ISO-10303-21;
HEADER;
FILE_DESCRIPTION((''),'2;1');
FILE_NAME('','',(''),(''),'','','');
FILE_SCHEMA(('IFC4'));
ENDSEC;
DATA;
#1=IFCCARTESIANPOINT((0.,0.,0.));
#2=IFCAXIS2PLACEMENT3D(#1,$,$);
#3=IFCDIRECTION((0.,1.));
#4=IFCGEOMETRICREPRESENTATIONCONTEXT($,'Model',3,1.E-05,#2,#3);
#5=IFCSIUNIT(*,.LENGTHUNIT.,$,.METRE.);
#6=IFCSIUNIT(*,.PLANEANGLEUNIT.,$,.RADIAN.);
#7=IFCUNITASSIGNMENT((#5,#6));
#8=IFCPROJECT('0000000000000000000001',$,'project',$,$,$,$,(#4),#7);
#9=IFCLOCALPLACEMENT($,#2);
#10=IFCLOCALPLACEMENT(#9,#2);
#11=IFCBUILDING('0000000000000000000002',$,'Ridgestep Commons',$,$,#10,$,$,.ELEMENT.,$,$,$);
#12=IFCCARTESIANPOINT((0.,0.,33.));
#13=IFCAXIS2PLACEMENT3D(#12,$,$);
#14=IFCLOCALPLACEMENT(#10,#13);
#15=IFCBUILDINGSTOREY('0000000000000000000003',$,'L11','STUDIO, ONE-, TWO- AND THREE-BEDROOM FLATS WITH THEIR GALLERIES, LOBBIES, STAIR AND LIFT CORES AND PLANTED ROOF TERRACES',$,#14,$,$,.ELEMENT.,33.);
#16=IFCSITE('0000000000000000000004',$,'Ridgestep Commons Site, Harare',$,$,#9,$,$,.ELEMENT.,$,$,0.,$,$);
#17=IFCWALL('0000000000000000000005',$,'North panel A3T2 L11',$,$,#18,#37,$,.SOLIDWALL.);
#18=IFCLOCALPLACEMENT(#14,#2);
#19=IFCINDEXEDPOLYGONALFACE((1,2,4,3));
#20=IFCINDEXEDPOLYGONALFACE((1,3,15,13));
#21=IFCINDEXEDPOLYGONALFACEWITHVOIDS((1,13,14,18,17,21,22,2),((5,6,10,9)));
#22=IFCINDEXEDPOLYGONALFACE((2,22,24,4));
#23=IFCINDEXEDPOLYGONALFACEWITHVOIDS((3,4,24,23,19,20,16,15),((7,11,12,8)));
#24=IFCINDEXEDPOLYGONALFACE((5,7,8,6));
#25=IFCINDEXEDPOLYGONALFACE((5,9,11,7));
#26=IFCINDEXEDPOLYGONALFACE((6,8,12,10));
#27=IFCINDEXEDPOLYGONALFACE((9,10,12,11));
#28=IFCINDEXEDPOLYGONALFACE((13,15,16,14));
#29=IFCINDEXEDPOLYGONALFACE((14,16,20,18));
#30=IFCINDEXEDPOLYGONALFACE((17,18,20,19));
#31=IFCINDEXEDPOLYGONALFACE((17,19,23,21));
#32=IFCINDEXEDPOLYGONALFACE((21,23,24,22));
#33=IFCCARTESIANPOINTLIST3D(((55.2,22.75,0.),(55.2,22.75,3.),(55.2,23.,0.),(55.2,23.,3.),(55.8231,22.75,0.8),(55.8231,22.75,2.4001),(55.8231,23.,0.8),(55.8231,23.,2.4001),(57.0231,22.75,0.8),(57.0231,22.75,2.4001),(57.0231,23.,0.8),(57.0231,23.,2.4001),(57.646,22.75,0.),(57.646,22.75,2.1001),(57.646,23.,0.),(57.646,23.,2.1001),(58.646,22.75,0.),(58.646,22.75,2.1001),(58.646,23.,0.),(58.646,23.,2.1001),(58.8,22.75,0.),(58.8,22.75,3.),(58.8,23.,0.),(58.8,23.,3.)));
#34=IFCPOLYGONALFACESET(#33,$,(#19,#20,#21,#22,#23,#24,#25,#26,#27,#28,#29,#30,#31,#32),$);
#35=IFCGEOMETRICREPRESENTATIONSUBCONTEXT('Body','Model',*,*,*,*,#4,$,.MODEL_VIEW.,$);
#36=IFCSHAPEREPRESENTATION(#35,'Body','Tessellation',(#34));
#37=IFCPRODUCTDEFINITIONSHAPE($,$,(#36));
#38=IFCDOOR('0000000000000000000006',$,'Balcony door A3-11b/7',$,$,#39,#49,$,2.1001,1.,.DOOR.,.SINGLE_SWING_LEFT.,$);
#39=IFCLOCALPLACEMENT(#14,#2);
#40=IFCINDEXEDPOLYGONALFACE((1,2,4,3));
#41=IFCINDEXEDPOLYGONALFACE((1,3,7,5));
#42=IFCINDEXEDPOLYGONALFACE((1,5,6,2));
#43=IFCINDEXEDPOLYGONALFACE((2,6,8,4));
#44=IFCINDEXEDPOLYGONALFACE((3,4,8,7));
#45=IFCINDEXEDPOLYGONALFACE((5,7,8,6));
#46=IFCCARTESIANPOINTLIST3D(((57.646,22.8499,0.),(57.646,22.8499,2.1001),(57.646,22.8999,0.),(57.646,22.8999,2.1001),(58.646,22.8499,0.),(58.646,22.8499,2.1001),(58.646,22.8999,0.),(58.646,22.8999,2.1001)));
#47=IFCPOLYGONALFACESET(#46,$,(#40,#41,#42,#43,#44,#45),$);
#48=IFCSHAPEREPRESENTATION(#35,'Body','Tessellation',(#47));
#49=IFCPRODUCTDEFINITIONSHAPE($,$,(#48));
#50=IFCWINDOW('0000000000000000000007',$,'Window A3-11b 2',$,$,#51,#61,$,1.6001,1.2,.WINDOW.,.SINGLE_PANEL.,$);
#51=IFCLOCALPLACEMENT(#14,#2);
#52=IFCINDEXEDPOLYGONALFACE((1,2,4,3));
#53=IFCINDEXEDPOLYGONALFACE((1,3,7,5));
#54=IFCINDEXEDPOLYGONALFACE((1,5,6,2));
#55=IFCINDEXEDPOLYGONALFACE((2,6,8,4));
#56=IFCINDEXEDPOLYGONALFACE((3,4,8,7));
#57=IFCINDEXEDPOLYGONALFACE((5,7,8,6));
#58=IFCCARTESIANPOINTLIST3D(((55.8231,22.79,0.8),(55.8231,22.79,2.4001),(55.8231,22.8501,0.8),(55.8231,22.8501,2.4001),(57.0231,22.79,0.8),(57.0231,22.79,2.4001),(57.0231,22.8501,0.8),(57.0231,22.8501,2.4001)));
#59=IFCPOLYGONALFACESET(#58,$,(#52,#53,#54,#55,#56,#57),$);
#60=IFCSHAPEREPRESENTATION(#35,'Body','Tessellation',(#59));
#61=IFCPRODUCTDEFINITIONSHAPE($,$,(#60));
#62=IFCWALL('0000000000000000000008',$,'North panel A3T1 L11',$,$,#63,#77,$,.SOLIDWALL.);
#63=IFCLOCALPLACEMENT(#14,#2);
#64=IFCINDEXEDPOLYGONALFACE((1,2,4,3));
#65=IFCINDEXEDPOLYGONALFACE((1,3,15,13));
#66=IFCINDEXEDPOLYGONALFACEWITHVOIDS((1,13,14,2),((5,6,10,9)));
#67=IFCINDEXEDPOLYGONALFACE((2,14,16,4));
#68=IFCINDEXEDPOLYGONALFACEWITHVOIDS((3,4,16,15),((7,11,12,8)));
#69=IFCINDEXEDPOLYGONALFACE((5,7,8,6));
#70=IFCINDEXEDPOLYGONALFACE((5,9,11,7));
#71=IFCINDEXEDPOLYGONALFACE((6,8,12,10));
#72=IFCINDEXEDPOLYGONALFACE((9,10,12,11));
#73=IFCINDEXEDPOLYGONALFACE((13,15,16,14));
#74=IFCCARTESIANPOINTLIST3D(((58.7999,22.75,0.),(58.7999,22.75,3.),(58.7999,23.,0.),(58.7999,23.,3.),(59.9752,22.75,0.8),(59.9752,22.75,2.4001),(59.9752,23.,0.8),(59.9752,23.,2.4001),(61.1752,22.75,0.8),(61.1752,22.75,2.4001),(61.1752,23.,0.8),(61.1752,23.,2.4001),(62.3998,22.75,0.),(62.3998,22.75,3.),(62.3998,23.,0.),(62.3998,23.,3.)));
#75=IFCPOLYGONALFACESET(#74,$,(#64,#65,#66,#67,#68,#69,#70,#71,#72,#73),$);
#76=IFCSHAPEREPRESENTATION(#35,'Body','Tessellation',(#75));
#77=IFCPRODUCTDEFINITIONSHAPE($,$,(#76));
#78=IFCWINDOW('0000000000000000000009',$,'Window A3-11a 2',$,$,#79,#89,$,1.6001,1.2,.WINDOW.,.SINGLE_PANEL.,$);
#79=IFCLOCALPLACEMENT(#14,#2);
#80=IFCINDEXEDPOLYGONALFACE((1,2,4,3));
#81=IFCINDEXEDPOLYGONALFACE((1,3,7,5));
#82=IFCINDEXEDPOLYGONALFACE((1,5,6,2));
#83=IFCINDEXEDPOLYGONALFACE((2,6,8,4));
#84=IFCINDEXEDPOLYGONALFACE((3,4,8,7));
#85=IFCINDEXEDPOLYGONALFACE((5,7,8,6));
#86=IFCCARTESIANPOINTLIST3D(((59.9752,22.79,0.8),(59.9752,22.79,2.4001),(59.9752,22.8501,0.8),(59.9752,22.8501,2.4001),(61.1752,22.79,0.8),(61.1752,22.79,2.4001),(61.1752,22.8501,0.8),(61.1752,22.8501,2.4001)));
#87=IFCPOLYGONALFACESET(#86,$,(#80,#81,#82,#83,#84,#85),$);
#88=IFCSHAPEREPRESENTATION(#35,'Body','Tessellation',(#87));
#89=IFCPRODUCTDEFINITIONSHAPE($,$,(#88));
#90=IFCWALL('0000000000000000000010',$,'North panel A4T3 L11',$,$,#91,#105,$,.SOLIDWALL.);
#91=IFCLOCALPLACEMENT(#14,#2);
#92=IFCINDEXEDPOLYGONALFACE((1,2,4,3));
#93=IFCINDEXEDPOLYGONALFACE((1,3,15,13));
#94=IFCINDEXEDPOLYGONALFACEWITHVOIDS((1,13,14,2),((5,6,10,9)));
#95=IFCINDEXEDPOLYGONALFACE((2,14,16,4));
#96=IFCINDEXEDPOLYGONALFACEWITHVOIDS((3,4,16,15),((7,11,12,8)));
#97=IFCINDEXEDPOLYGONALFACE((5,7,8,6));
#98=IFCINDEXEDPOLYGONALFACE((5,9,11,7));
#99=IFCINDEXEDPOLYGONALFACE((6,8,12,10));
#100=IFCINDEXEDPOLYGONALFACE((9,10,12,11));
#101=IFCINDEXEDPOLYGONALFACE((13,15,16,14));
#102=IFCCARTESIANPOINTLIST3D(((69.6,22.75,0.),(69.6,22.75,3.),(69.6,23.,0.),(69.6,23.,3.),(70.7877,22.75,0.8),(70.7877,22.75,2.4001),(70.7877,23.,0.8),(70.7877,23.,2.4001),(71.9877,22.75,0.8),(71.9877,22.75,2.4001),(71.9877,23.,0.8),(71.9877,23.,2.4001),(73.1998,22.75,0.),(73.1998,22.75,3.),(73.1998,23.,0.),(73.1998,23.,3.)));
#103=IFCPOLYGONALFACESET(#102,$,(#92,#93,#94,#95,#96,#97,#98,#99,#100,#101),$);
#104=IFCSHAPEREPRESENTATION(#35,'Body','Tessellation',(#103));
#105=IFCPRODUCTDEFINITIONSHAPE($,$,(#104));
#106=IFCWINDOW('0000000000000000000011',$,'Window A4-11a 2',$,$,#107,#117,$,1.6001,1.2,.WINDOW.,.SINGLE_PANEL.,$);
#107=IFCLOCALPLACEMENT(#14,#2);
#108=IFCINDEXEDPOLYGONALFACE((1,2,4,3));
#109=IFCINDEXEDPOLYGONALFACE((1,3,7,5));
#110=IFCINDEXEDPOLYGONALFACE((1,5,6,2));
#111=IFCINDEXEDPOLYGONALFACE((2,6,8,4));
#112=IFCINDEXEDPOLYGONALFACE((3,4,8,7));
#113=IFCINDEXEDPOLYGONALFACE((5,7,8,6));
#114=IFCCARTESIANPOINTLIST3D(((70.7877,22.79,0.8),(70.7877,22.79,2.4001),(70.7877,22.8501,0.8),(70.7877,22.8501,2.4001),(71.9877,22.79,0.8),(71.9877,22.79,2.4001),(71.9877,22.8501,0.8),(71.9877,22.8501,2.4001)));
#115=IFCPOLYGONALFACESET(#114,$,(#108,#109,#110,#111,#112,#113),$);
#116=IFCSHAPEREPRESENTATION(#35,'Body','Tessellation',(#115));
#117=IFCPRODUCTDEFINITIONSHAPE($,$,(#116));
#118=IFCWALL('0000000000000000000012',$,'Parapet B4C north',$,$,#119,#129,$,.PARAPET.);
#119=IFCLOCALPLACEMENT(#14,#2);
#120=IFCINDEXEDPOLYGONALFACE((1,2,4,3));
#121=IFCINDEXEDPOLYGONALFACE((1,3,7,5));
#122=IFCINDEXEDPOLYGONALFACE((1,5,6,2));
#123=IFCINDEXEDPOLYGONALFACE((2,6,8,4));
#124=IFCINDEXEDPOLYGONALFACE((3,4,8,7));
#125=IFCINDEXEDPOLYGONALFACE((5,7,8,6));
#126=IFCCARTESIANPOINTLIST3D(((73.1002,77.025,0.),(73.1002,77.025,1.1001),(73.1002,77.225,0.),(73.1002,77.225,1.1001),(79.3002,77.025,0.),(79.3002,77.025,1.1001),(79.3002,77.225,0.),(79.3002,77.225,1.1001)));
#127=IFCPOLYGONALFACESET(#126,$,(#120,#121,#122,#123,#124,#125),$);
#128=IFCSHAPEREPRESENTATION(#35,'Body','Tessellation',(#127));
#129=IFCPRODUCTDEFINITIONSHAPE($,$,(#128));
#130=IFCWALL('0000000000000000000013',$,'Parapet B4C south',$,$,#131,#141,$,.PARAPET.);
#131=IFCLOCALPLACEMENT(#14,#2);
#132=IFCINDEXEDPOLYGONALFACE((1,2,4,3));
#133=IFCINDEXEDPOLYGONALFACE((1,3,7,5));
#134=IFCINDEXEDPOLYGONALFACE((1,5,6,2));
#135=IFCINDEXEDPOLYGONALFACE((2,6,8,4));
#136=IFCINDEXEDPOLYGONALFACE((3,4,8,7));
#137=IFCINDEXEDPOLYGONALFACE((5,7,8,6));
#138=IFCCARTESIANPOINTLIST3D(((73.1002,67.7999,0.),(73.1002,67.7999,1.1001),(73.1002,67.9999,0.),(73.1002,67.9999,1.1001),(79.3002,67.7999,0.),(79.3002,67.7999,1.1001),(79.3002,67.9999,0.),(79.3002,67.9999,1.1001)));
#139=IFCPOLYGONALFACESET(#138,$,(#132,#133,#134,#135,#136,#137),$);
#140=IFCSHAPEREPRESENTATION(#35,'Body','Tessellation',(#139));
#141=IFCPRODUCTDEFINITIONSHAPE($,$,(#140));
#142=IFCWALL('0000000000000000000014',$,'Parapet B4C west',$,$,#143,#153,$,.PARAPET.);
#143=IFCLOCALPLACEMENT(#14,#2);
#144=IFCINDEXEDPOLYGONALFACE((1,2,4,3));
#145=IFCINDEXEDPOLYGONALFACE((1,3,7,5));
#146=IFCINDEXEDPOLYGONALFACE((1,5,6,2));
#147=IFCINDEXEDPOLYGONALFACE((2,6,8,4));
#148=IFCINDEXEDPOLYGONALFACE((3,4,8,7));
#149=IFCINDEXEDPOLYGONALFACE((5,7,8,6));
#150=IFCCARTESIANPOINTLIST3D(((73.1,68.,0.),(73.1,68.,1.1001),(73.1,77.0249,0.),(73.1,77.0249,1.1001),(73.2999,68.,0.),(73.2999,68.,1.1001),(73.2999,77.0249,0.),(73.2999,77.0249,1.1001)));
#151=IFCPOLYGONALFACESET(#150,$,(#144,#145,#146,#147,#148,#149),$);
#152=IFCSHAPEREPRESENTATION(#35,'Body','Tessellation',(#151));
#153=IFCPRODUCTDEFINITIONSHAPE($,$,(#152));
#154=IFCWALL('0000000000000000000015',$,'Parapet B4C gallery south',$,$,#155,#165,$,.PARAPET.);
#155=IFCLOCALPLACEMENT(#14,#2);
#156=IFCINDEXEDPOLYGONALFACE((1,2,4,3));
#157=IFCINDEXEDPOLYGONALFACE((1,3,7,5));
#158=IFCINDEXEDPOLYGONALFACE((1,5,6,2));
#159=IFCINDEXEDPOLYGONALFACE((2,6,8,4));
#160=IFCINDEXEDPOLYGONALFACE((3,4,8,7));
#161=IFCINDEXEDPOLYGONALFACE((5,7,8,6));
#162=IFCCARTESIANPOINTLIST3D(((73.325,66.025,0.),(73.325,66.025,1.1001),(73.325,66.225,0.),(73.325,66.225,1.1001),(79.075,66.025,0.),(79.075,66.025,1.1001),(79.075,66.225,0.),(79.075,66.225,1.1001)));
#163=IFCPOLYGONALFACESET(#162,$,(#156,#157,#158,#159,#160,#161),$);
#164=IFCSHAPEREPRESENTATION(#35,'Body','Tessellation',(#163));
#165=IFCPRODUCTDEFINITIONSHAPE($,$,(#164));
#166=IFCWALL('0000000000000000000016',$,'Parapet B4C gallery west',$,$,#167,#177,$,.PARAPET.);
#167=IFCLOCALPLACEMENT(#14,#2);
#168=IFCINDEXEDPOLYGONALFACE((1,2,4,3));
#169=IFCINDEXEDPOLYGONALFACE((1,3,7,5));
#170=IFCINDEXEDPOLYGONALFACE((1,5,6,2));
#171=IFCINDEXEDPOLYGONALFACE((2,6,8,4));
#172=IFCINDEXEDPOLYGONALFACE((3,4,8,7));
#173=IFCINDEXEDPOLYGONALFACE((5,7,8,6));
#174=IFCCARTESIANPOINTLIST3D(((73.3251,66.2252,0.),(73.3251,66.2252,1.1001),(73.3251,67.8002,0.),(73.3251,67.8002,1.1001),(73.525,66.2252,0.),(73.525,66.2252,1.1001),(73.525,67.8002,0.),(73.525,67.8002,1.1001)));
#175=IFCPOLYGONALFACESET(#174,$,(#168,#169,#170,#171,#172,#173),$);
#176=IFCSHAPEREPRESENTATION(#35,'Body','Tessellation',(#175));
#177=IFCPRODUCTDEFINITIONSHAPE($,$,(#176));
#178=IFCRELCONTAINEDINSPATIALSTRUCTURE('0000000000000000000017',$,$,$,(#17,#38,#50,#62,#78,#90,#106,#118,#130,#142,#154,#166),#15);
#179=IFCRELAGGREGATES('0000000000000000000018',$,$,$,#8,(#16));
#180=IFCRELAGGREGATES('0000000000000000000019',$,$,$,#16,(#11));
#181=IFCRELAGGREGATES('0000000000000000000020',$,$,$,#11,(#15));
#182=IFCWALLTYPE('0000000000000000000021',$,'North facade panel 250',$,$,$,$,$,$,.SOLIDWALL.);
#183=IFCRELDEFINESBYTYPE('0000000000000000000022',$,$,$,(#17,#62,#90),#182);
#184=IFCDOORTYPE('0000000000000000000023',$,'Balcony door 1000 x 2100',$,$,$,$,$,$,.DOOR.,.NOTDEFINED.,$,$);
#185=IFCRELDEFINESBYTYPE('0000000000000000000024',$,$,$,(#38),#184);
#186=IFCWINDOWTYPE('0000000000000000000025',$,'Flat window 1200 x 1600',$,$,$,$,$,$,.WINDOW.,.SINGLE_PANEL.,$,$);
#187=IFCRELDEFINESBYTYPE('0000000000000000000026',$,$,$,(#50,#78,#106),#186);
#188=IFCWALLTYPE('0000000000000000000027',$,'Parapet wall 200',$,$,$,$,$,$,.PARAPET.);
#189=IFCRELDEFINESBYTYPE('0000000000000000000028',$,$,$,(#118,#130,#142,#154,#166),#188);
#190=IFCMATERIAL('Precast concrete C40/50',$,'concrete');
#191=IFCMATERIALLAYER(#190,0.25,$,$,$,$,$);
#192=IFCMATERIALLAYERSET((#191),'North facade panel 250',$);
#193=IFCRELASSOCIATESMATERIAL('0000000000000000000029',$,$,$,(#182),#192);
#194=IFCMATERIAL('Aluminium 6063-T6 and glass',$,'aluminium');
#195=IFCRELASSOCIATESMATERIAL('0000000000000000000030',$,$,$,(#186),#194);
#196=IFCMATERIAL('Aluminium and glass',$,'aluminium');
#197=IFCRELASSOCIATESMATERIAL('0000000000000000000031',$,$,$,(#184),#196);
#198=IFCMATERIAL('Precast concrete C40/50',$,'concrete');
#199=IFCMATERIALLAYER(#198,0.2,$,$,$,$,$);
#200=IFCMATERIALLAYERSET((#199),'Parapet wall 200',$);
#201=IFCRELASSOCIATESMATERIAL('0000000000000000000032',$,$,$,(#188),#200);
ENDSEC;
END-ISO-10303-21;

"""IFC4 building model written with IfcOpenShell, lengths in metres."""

from ifc_helpers import new_model, si_unit, direction, frame, frame_2d, origin, place, context, subcontext, project, spatial, rectangle, extrude, material, layer, layer_set, type_object, element, fill, save


model = new_model("IFC4")

# Units and contexts
model_context = context("Model", 3, precision=1e-05, world=origin(), true_north=direction((0.0, 1.0)))
body_context = subcontext(model_context, "Body", "Model", "MODEL_VIEW")
ifc_project = project(units=[si_unit("LENGTHUNIT", "METRE"), si_unit("PLANEANGLEUNIT", "RADIAN")], contexts=[model_context])

# Site, building, storey
site_placement = place(None, origin())
site = spatial("IfcSite", under=ifc_project, at=site_placement, Name="Ridgestep Commons Site, Harare", CompositionType="ELEMENT", RefElevation=0.0)
building_placement = place(site_placement, origin())
building = spatial("IfcBuilding", under=site, at=building_placement, Name="Ridgestep Commons", CompositionType="ELEMENT")
storey_placement = place(building_placement, frame((0.0, 0.0, 33.0)))
storey = spatial("IfcBuildingStorey", under=building, at=storey_placement, Name="L11", Description="STUDIO, ONE-, TWO- AND THREE-BEDROOM FLATS WITH THEIR GALLERIES, LOBBIES, STAIR AND LIFT CORES AND PLANTED ROOF TERRACES", CompositionType="ELEMENT", Elevation=33.0)

# Shared definitions
ifc_material_1 = material(Name="Precast concrete C40/50", Category="concrete")
ifc_layer_1 = layer(ifc_material_1, 0.25)
ifc_layer_set_1 = layer_set([ifc_layer_1], Name="North facade panel 250")
wall_type_1 = type_object("IfcWallType", Name="North facade panel 250", PredefinedType="SOLIDWALL", material=ifc_layer_set_1)

# Shared definitions
ifc_material_2 = material(Name="Aluminium 6063-T6 and glass", Category="aluminium")
window_type = type_object("IfcWindowType", Name="Flat window 1200 x 1600", PartitioningType="SINGLE_PANEL", PredefinedType="WINDOW", material=ifc_material_2)

# Wall, openings, door, window
wall_1_placement = place(storey_placement, frame((55.2, 22.875, 0.0), z_axis=(0.0, 0.0, 1.0), x_axis=(1.0, 0.0, 0.0)))
wall_1 = element("IfcWall", 1, at=wall_1_placement, inside=storey, type_object=wall_type_1, Name="North panel A3T2 L11", PredefinedType="SOLIDWALL", context=body_context, shape_type="SweptSolid", body=[
    extrude(rectangle(XDim=3.6001, YDim=0.25, at=frame_2d((1.8, 0.0))), origin(), (0.0, 0.0, 1.0), 3.0),
])
opening_1_placement = place(wall_1_placement, frame((0.623, 0.0, 0.8)))
opening_1 = element("IfcOpeningElement", 2, at=opening_1_placement, cuts=wall_1, PredefinedType="OPENING", context=body_context, shape_type="SweptSolid", body=[
    extrude(rectangle(XDim=1.2, YDim=1.6001, at=frame_2d((0.6001, 0.8))), frame((0.0, 0.135, 0.0), z_axis=(0.0, -1.0, 0.0), x_axis=(1.0, 0.0, 0.0)), (0.0, 0.0, 1.0), 0.27),
])
opening_2_placement = place(wall_1_placement, frame((2.446, 0.0, 0.0)))
opening_2 = element("IfcOpeningElement", 3, at=opening_2_placement, cuts=wall_1, PredefinedType="OPENING", context=body_context, shape_type="SweptSolid", body=[
    extrude(rectangle(XDim=1.0, YDim=2.1001, at=frame_2d((0.5, 1.05))), frame((0.0, 0.135, 0.0), z_axis=(0.0, -1.0, 0.0), x_axis=(1.0, 0.0, 0.0)), (0.0, 0.0, 1.0), 0.27),
])
ifc_material_3 = material(Name="Aluminium and glass", Category="aluminium")
door_type = type_object("IfcDoorType", Name="Balcony door 1000 x 2100", OperationType="NOTDEFINED", PredefinedType="DOOR", material=ifc_material_3)
door_placement = place(opening_2_placement, origin())
door = element("IfcDoor", 4, at=door_placement, inside=storey, type_object=door_type, Name="Balcony door A3-11b/7", OperationType="SINGLE_SWING_LEFT", OverallHeight=2.1001, OverallWidth=1.0, PredefinedType="DOOR", context=body_context, shape_type="SweptSolid", body=[
    extrude(rectangle(XDim=1.0, YDim=2.1001, at=frame_2d((0.5, 1.05))), frame((0.0, 0.0249, 0.0), z_axis=(0.0, -1.0, 0.0), x_axis=(1.0, 0.0, 0.0)), (0.0, 0.0, 1.0), 0.05),
])
fill(opening_2, door)
window_1_placement = place(opening_1_placement, origin())
window_1 = element("IfcWindow", 5, at=window_1_placement, inside=storey, type_object=window_type, Name="Window A3-11b 2", OverallHeight=1.6001, OverallWidth=1.2, PartitioningType="SINGLE_PANEL", PredefinedType="WINDOW", context=body_context, shape_type="SweptSolid", body=[
    extrude(rectangle(XDim=1.2, YDim=1.6001, at=frame_2d((0.6001, 0.8))), frame((0.0, -0.0249, 0.0), z_axis=(0.0, -1.0, 0.0), x_axis=(1.0, 0.0, 0.0)), (0.0, 0.0, 1.0), 0.0601),
])
fill(opening_1, window_1)

# Walls, openings, windows
wall_2_placement = place(storey_placement, frame((58.8, 22.875, 0.0), z_axis=(0.0, 0.0, 1.0), x_axis=(1.0, 0.0, 0.0)))
wall_2 = element("IfcWall", 6, at=wall_2_placement, inside=storey, type_object=wall_type_1, Name="North panel A3T1 L11", PredefinedType="SOLIDWALL", context=body_context, shape_type="SweptSolid", body=[
    extrude(rectangle(XDim=3.5999, YDim=0.25, at=frame_2d((1.7998, 0.0))), origin(), (0.0, 0.0, 1.0), 3.0),
])
opening_3_placement = place(wall_2_placement, frame((1.175, 0.0, 0.8)))
opening_3 = element("IfcOpeningElement", 7, at=opening_3_placement, cuts=wall_2, PredefinedType="OPENING", context=body_context, shape_type="SweptSolid", body=[
    extrude(rectangle(XDim=1.2, YDim=1.6001, at=frame_2d((0.6001, 0.8))), frame((0.0, 0.135, 0.0), z_axis=(0.0, -1.0, 0.0), x_axis=(1.0, 0.0, 0.0)), (0.0, 0.0, 1.0), 0.27),
])
window_2_placement = place(opening_3_placement, origin())
window_2 = element("IfcWindow", 8, at=window_2_placement, inside=storey, type_object=window_type, Name="Window A3-11a 2", OverallHeight=1.6001, OverallWidth=1.2, PartitioningType="SINGLE_PANEL", PredefinedType="WINDOW", context=body_context, shape_type="SweptSolid", body=[
    extrude(rectangle(XDim=1.2, YDim=1.6001, at=frame_2d((0.6001, 0.8))), frame((0.0, -0.0249, 0.0), z_axis=(0.0, -1.0, 0.0), x_axis=(1.0, 0.0, 0.0)), (0.0, 0.0, 1.0), 0.0601),
])
fill(opening_3, window_2)
wall_3_placement = place(storey_placement, frame((69.6001, 22.875, 0.0), z_axis=(0.0, 0.0, 1.0), x_axis=(1.0, 0.0, 0.0)))
wall_3 = element("IfcWall", 9, at=wall_3_placement, inside=storey, type_object=wall_type_1, Name="North panel A4T3 L11", PredefinedType="SOLIDWALL", context=body_context, shape_type="SweptSolid", body=[
    extrude(rectangle(XDim=3.5999, YDim=0.25, at=frame_2d((1.7998, 0.0))), origin(), (0.0, 0.0, 1.0), 3.0),
])
opening_4_placement = place(wall_3_placement, frame((1.1875, 0.0, 0.8)))
opening_4 = element("IfcOpeningElement", 10, at=opening_4_placement, cuts=wall_3, PredefinedType="OPENING", context=body_context, shape_type="SweptSolid", body=[
    extrude(rectangle(XDim=1.2, YDim=1.6001, at=frame_2d((0.6001, 0.8))), frame((0.0, 0.135, 0.0), z_axis=(0.0, -1.0, 0.0), x_axis=(1.0, 0.0, 0.0)), (0.0, 0.0, 1.0), 0.27),
])
window_3_placement = place(opening_4_placement, origin())
window_3 = element("IfcWindow", 11, at=window_3_placement, inside=storey, type_object=window_type, Name="Window A4-11a 2", OverallHeight=1.6001, OverallWidth=1.2, PartitioningType="SINGLE_PANEL", PredefinedType="WINDOW", context=body_context, shape_type="SweptSolid", body=[
    extrude(rectangle(XDim=1.2, YDim=1.6001, at=frame_2d((0.6001, 0.8))), frame((0.0, -0.0249, 0.0), z_axis=(0.0, -1.0, 0.0), x_axis=(1.0, 0.0, 0.0)), (0.0, 0.0, 1.0), 0.0601),
])
fill(opening_4, window_3)

# Walls
ifc_material_4 = material(Name="Precast concrete C40/50", Category="concrete")
ifc_layer_2 = layer(ifc_material_4, 0.2)
ifc_layer_set_2 = layer_set([ifc_layer_2], Name="Parapet wall 200")
wall_type_2 = type_object("IfcWallType", Name="Parapet wall 200", PredefinedType="PARAPET", material=ifc_layer_set_2)
for number, where, z_axis, x_axis, name in (
    (12, (73.1001, 77.125, 0.0), (0.0, 0.0, 1.0), (1.0, 0.0, 0.0), "Parapet B4C north"),
    (13, (73.1001, 67.8999, 0.0), (0.0, 0.0, 1.0), (1.0, 0.0, 0.0), "Parapet B4C south"),
):
    element("IfcWall", number, at=place(storey_placement, frame(where, z_axis=z_axis, x_axis=x_axis)), inside=storey, type_object=wall_type_2, Name=name, PredefinedType="PARAPET", context=body_context, shape_type="SweptSolid", body=[
        extrude(rectangle(XDim=6.2, YDim=0.2, at=frame_2d((3.1001, 0.0))), origin(), (0.0, 0.0, 1.0), 1.1001),
    ])
wall_4_placement = place(storey_placement, frame((73.2, 68.0, 0.0), z_axis=(0.0, 0.0, 1.0), x_axis=(0.0, 1.0, 0.0)))
element("IfcWall", 14, at=wall_4_placement, inside=storey, type_object=wall_type_2, Name="Parapet B4C west", PredefinedType="PARAPET", context=body_context, shape_type="SweptSolid", body=[
    extrude(rectangle(XDim=9.0249, YDim=0.2, at=frame_2d((4.5125, 0.0))), origin(), (0.0, 0.0, 1.0), 1.1001),
])
wall_5_placement = place(storey_placement, frame((73.325, 66.125, 0.0), z_axis=(0.0, 0.0, 1.0), x_axis=(1.0, 0.0, 0.0)))
element("IfcWall", 15, at=wall_5_placement, inside=storey, type_object=wall_type_2, Name="Parapet B4C gallery south", PredefinedType="PARAPET", context=body_context, shape_type="SweptSolid", body=[
    extrude(rectangle(XDim=5.75, YDim=0.2, at=frame_2d((2.875, 0.0))), origin(), (0.0, 0.0, 1.0), 1.1001),
])
wall_6_placement = place(storey_placement, frame((73.425, 66.2251, 0.0), z_axis=(0.0, 0.0, 1.0), x_axis=(0.0, 1.0, 0.0)))
element("IfcWall", 16, at=wall_6_placement, inside=storey, type_object=wall_type_2, Name="Parapet B4C gallery west", PredefinedType="PARAPET", context=body_context, shape_type="SweptSolid", body=[
    extrude(rectangle(XDim=1.575, YDim=0.2, at=frame_2d((0.7876, 0.0))), origin(), (0.0, 0.0, 1.0), 1.1001),
])

save(model, "model.ifc")
